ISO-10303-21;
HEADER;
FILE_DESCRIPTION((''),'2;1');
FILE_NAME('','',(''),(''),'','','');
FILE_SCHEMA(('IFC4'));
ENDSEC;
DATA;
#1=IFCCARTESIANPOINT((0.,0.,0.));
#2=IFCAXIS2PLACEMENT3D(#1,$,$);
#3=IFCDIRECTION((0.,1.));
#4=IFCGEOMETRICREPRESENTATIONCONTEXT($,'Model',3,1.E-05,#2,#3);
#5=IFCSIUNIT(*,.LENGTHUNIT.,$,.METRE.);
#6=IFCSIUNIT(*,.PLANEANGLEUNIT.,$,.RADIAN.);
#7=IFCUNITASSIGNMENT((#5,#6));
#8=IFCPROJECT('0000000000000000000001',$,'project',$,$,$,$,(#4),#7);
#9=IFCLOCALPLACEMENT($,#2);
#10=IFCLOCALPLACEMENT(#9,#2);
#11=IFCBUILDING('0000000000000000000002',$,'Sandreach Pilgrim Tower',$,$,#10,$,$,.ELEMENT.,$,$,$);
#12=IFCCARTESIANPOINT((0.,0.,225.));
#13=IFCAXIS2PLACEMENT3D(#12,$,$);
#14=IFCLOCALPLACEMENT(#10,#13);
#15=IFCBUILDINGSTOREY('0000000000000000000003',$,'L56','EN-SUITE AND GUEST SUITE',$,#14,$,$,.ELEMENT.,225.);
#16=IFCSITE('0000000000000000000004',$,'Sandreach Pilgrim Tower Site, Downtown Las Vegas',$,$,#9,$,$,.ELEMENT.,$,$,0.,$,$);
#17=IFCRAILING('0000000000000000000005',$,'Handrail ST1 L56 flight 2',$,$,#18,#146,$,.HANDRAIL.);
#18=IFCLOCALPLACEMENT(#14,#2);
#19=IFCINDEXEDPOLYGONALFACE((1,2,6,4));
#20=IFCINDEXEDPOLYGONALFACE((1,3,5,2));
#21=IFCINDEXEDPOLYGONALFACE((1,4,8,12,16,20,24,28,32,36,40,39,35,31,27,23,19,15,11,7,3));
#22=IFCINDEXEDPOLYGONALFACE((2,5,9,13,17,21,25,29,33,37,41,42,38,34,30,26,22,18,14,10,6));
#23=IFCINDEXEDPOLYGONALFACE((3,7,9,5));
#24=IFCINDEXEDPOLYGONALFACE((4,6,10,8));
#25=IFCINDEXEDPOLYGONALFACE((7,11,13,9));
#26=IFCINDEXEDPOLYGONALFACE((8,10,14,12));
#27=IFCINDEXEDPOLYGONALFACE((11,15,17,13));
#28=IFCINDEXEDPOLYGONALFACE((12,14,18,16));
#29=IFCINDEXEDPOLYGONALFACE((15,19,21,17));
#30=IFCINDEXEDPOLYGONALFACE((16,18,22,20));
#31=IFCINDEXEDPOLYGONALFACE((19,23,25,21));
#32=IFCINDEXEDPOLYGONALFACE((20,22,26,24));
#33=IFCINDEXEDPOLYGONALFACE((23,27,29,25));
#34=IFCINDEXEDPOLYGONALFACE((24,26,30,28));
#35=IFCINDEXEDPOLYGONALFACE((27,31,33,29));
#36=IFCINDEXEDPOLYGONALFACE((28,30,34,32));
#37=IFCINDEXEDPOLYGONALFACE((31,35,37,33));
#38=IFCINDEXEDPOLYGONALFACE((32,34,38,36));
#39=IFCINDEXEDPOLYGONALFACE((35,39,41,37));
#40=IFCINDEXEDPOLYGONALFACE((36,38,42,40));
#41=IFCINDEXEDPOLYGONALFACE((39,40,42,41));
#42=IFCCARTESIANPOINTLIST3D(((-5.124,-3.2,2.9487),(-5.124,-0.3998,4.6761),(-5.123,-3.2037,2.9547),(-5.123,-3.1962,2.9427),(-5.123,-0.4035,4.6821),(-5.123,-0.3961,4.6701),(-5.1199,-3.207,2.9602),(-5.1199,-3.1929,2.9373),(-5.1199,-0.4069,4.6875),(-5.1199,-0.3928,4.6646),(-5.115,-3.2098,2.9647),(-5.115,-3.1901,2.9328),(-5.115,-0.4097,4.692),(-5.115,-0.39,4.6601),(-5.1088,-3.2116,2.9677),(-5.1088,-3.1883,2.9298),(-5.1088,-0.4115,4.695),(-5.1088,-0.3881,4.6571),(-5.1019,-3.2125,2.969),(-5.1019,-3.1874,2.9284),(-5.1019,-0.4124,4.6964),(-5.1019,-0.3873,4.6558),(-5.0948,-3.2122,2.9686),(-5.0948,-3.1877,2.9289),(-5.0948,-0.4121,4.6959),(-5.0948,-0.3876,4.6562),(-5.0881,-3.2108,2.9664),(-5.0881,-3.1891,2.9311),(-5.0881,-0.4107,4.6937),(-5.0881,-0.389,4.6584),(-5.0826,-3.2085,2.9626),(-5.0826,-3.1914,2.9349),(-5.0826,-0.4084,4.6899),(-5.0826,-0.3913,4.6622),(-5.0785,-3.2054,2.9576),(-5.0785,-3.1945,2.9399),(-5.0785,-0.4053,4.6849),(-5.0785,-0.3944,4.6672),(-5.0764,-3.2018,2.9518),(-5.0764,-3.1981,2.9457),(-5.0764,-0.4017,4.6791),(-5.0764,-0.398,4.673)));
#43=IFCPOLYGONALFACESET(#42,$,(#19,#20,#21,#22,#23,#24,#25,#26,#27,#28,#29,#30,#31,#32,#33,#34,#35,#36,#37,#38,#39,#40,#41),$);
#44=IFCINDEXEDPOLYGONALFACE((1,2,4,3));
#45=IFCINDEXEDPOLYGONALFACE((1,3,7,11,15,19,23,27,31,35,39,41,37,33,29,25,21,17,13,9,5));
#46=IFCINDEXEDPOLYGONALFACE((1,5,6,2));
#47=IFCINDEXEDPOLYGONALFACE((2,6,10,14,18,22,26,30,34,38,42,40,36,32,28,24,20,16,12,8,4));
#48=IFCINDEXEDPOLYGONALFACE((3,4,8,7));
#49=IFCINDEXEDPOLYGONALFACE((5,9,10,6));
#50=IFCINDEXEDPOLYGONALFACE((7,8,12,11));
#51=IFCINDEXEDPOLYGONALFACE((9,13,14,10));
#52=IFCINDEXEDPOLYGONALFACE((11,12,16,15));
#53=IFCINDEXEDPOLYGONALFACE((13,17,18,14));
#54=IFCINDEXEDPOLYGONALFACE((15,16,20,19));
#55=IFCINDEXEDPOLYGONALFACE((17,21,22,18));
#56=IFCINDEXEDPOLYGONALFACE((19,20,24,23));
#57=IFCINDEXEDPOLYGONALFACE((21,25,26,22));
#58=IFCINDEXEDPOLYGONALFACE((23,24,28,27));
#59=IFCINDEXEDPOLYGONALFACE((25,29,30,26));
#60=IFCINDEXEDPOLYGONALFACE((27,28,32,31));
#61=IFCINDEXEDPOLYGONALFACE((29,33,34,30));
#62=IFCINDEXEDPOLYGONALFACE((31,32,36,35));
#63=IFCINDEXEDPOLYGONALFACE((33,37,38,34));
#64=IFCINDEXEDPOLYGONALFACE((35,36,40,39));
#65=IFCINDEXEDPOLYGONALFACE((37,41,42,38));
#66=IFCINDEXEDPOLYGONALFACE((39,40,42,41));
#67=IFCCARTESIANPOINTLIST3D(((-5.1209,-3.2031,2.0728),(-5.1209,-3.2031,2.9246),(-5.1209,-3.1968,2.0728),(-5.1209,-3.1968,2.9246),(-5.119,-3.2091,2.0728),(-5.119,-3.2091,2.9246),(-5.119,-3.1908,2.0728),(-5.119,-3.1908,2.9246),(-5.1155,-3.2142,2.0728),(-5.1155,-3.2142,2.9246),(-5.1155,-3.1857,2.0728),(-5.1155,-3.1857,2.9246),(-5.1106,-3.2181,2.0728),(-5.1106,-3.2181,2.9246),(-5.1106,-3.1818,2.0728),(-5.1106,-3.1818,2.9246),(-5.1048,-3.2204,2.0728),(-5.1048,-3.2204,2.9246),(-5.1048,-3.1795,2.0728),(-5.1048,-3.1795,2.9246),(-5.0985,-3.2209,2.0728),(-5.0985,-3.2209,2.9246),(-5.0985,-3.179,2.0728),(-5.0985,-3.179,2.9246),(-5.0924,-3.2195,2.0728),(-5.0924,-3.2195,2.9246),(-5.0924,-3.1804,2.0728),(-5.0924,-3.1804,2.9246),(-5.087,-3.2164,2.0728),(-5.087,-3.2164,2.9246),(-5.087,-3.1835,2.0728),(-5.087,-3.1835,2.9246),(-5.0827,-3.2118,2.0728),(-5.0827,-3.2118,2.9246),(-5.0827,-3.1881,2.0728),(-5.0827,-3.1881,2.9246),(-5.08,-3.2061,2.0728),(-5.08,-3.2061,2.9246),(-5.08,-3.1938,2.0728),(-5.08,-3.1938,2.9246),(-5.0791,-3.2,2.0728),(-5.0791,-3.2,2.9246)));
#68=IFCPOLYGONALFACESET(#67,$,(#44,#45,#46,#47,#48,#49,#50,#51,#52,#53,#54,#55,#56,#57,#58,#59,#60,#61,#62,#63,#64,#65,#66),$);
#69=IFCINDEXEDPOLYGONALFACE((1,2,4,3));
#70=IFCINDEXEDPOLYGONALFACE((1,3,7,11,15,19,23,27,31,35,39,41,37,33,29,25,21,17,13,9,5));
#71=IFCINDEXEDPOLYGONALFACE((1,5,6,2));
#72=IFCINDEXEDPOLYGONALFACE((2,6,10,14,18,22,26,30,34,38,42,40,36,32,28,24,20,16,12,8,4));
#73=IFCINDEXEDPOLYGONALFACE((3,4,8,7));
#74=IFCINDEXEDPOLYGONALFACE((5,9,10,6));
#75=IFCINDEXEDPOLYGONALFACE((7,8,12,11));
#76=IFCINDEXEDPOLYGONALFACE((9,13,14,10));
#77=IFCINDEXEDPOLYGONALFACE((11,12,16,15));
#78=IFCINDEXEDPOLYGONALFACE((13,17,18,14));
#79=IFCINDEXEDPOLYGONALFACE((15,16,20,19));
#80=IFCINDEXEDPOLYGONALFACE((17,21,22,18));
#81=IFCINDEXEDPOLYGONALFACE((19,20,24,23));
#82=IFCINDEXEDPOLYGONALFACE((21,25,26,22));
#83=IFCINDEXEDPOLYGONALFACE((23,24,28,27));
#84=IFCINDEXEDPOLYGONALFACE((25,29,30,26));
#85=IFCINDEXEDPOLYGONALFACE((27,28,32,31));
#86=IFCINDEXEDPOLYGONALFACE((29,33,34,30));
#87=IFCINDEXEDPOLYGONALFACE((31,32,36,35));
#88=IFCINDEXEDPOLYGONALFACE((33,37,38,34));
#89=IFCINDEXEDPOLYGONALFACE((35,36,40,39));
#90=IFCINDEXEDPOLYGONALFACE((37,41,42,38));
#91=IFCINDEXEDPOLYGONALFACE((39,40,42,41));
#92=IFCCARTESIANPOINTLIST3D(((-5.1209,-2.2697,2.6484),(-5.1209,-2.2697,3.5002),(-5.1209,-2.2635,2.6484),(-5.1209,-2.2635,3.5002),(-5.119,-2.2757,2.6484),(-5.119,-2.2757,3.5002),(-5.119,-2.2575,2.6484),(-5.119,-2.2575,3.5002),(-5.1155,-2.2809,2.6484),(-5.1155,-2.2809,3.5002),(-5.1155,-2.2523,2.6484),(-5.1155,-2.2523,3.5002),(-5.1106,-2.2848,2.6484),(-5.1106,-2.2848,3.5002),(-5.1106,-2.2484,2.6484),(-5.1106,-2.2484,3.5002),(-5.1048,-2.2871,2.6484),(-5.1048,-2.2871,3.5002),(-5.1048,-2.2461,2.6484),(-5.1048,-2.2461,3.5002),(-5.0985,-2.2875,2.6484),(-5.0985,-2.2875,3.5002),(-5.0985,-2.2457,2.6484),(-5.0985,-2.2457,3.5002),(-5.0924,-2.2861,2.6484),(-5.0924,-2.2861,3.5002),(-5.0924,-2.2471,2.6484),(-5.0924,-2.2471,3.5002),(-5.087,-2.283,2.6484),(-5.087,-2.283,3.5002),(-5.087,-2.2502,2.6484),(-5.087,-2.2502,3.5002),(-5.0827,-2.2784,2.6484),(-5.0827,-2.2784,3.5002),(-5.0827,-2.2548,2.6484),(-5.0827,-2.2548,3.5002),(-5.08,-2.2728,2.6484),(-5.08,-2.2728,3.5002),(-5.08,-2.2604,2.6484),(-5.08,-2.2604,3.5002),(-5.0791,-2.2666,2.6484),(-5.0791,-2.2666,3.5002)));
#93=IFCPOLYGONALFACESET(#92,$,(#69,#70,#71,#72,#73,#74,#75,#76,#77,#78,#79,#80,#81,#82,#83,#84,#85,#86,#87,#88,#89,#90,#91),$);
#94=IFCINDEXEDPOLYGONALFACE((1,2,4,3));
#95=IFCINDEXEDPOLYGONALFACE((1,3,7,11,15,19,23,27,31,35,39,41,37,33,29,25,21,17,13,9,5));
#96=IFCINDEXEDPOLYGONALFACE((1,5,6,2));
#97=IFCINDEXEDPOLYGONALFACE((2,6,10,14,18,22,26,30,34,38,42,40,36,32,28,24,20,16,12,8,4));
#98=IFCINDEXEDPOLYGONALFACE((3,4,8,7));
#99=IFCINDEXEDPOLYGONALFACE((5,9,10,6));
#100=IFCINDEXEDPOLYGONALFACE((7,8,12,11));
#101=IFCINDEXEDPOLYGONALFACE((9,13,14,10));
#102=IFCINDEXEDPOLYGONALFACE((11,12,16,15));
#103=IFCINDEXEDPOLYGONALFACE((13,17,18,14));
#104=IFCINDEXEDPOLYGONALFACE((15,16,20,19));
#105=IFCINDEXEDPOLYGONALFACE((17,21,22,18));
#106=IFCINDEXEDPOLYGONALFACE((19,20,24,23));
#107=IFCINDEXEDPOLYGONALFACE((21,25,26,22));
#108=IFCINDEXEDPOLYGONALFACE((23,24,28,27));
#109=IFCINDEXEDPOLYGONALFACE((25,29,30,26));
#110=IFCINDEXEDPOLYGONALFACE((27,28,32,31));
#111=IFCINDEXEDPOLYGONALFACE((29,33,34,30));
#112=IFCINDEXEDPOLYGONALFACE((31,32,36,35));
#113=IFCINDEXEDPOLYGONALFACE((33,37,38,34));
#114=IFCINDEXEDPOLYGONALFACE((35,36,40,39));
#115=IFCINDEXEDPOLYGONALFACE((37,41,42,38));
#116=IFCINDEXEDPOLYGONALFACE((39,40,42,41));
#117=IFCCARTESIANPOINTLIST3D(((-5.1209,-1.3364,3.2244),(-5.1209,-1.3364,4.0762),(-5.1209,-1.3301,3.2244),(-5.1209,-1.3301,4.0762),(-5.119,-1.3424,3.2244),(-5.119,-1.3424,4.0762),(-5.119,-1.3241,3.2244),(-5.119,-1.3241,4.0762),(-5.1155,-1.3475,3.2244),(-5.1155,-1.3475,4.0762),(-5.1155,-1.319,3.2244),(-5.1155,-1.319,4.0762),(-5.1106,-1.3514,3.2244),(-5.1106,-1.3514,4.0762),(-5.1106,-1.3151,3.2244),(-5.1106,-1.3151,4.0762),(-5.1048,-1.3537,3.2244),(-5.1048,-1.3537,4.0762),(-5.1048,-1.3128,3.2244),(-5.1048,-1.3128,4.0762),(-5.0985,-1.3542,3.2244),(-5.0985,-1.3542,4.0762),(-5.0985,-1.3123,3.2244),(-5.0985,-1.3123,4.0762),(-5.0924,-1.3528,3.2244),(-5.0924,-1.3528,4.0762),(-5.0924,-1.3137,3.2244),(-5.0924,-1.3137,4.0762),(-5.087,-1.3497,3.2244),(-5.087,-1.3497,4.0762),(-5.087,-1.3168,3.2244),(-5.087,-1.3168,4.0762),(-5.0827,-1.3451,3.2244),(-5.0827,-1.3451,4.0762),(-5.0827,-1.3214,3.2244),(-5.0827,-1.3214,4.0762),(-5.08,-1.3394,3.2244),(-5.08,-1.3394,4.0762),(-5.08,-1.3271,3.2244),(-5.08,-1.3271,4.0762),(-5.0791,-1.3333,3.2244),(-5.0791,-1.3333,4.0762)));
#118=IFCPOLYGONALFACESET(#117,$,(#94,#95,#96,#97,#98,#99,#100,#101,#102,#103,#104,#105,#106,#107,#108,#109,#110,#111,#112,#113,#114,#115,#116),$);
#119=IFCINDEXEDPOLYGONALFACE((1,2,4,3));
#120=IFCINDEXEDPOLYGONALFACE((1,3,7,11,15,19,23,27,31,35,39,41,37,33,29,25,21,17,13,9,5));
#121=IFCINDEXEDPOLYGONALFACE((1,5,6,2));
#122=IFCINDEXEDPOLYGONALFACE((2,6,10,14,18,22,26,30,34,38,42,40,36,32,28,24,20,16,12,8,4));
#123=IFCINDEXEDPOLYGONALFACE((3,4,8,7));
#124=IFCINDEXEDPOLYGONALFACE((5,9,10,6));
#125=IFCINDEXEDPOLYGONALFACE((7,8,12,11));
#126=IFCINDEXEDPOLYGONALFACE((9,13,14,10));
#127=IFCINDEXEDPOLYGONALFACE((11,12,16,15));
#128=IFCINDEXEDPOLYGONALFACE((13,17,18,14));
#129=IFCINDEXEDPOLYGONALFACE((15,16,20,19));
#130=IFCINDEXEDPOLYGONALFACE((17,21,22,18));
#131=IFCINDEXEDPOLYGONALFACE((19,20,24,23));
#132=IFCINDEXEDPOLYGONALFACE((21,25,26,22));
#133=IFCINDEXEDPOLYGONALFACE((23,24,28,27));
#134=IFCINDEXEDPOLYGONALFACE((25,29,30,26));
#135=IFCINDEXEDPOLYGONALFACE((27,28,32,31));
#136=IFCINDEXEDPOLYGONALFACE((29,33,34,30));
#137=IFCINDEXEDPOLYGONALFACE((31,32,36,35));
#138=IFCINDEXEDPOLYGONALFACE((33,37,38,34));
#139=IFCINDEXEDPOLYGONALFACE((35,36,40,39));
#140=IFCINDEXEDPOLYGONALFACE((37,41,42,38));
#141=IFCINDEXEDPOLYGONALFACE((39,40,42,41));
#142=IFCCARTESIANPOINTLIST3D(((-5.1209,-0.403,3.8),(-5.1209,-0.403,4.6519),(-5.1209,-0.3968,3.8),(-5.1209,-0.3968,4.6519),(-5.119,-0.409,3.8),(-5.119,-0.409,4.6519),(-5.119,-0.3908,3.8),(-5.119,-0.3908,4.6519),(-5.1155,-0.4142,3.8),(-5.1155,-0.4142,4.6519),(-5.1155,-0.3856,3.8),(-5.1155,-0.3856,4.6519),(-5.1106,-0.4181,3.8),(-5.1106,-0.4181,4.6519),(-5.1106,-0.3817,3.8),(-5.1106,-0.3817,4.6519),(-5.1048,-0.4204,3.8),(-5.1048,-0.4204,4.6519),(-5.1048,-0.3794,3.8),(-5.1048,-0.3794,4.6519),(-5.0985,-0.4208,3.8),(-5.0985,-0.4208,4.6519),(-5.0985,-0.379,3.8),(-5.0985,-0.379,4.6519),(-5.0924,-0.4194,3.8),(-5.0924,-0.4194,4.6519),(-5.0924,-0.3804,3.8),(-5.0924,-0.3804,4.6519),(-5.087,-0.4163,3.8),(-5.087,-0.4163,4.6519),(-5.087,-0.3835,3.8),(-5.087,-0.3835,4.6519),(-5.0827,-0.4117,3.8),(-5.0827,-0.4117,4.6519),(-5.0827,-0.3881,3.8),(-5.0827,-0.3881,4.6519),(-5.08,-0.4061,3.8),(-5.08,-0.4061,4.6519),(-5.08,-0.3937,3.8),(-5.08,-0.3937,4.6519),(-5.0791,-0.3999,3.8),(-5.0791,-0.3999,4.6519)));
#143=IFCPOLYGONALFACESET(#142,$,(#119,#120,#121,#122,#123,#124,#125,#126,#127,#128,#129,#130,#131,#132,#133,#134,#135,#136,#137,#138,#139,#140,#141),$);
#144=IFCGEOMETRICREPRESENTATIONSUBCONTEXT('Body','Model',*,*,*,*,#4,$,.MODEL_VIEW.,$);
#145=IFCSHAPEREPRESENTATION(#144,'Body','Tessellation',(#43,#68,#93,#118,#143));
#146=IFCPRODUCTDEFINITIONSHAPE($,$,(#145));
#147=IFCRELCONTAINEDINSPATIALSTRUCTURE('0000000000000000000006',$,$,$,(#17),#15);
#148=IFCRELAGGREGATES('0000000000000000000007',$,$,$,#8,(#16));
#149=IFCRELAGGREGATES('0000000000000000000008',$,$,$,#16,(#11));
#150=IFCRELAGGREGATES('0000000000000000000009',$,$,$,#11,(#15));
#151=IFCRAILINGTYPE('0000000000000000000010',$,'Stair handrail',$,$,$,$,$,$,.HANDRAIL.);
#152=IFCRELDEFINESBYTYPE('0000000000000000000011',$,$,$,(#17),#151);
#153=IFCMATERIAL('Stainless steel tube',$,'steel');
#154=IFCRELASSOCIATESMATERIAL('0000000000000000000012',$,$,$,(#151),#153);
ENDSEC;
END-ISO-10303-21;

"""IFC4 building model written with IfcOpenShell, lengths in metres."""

from ifc_helpers import new_model, si_unit, direction, frame, origin, origin_2d, place, context, subcontext, project, spatial, circle, extrude, material, type_object, element, save


model = new_model("IFC4")

# Units and contexts
model_context = context("Model", 3, precision=1e-05, world=origin(), true_north=direction((0.0, 1.0)))
body_context = subcontext(model_context, "Body", "Model", "MODEL_VIEW")
ifc_project = project(units=[si_unit("LENGTHUNIT", "METRE"), si_unit("PLANEANGLEUNIT", "RADIAN")], contexts=[model_context])

# Site, building, storey
site_placement = place(None, origin())
site = spatial("IfcSite", under=ifc_project, at=site_placement, Name="Sandreach Pilgrim Tower Site, Downtown Las Vegas", CompositionType="ELEMENT", RefElevation=0.0)
building_placement = place(site_placement, origin())
building = spatial("IfcBuilding", under=site, at=building_placement, Name="Sandreach Pilgrim Tower", CompositionType="ELEMENT")
storey_placement = place(building_placement, frame((0.0, 0.0, 225.0)))
storey = spatial("IfcBuildingStorey", under=building, at=storey_placement, Name="L56", Description="EN-SUITE AND GUEST SUITE", CompositionType="ELEMENT", Elevation=225.0)

# Railing
ifc_material_1 = material(Name="Stainless steel tube", Category="steel")
railing_type = type_object("IfcRailingType", Name="Stair handrail", PredefinedType="HANDRAIL", material=ifc_material_1)
for number, where, name in (
    (1, (-5.1001, -3.2, 2.0728), "Handrail ST1 L56 flight 2"),
):
    element("IfcRailing", number, at=place(storey_placement, frame(where)), inside=storey, type_object=railing_type, Name=name, PredefinedType="HANDRAIL", context=body_context, shape_type="SweptSolid", body=[
        extrude(circle(Radius=0.0239, at=origin_2d()), frame((0.0, 0.0, 0.876), z_axis=(0.0, 0.85109, 0.52502), x_axis=(-1.0, 0.0, 0.0)), (0.0, 0.0, 1.0), 3.29),
        extrude(circle(Radius=0.021, at=origin_2d()), origin(), (0.0, 0.0, 1.0), 0.8518),
        extrude(circle(Radius=0.021, at=origin_2d()), frame((0.0, 0.9333, 0.5757)), (0.0, 0.0, 1.0), 0.8518),
        extrude(circle(Radius=0.021, at=origin_2d()), frame((0.0, 1.8667, 1.1516)), (0.0, 0.0, 1.0), 0.8518),
        extrude(circle(Radius=0.021, at=origin_2d()), frame((0.0, 2.8, 1.7273)), (0.0, 0.0, 1.0), 0.8518),
    ])

save(model, "model.ifc")
